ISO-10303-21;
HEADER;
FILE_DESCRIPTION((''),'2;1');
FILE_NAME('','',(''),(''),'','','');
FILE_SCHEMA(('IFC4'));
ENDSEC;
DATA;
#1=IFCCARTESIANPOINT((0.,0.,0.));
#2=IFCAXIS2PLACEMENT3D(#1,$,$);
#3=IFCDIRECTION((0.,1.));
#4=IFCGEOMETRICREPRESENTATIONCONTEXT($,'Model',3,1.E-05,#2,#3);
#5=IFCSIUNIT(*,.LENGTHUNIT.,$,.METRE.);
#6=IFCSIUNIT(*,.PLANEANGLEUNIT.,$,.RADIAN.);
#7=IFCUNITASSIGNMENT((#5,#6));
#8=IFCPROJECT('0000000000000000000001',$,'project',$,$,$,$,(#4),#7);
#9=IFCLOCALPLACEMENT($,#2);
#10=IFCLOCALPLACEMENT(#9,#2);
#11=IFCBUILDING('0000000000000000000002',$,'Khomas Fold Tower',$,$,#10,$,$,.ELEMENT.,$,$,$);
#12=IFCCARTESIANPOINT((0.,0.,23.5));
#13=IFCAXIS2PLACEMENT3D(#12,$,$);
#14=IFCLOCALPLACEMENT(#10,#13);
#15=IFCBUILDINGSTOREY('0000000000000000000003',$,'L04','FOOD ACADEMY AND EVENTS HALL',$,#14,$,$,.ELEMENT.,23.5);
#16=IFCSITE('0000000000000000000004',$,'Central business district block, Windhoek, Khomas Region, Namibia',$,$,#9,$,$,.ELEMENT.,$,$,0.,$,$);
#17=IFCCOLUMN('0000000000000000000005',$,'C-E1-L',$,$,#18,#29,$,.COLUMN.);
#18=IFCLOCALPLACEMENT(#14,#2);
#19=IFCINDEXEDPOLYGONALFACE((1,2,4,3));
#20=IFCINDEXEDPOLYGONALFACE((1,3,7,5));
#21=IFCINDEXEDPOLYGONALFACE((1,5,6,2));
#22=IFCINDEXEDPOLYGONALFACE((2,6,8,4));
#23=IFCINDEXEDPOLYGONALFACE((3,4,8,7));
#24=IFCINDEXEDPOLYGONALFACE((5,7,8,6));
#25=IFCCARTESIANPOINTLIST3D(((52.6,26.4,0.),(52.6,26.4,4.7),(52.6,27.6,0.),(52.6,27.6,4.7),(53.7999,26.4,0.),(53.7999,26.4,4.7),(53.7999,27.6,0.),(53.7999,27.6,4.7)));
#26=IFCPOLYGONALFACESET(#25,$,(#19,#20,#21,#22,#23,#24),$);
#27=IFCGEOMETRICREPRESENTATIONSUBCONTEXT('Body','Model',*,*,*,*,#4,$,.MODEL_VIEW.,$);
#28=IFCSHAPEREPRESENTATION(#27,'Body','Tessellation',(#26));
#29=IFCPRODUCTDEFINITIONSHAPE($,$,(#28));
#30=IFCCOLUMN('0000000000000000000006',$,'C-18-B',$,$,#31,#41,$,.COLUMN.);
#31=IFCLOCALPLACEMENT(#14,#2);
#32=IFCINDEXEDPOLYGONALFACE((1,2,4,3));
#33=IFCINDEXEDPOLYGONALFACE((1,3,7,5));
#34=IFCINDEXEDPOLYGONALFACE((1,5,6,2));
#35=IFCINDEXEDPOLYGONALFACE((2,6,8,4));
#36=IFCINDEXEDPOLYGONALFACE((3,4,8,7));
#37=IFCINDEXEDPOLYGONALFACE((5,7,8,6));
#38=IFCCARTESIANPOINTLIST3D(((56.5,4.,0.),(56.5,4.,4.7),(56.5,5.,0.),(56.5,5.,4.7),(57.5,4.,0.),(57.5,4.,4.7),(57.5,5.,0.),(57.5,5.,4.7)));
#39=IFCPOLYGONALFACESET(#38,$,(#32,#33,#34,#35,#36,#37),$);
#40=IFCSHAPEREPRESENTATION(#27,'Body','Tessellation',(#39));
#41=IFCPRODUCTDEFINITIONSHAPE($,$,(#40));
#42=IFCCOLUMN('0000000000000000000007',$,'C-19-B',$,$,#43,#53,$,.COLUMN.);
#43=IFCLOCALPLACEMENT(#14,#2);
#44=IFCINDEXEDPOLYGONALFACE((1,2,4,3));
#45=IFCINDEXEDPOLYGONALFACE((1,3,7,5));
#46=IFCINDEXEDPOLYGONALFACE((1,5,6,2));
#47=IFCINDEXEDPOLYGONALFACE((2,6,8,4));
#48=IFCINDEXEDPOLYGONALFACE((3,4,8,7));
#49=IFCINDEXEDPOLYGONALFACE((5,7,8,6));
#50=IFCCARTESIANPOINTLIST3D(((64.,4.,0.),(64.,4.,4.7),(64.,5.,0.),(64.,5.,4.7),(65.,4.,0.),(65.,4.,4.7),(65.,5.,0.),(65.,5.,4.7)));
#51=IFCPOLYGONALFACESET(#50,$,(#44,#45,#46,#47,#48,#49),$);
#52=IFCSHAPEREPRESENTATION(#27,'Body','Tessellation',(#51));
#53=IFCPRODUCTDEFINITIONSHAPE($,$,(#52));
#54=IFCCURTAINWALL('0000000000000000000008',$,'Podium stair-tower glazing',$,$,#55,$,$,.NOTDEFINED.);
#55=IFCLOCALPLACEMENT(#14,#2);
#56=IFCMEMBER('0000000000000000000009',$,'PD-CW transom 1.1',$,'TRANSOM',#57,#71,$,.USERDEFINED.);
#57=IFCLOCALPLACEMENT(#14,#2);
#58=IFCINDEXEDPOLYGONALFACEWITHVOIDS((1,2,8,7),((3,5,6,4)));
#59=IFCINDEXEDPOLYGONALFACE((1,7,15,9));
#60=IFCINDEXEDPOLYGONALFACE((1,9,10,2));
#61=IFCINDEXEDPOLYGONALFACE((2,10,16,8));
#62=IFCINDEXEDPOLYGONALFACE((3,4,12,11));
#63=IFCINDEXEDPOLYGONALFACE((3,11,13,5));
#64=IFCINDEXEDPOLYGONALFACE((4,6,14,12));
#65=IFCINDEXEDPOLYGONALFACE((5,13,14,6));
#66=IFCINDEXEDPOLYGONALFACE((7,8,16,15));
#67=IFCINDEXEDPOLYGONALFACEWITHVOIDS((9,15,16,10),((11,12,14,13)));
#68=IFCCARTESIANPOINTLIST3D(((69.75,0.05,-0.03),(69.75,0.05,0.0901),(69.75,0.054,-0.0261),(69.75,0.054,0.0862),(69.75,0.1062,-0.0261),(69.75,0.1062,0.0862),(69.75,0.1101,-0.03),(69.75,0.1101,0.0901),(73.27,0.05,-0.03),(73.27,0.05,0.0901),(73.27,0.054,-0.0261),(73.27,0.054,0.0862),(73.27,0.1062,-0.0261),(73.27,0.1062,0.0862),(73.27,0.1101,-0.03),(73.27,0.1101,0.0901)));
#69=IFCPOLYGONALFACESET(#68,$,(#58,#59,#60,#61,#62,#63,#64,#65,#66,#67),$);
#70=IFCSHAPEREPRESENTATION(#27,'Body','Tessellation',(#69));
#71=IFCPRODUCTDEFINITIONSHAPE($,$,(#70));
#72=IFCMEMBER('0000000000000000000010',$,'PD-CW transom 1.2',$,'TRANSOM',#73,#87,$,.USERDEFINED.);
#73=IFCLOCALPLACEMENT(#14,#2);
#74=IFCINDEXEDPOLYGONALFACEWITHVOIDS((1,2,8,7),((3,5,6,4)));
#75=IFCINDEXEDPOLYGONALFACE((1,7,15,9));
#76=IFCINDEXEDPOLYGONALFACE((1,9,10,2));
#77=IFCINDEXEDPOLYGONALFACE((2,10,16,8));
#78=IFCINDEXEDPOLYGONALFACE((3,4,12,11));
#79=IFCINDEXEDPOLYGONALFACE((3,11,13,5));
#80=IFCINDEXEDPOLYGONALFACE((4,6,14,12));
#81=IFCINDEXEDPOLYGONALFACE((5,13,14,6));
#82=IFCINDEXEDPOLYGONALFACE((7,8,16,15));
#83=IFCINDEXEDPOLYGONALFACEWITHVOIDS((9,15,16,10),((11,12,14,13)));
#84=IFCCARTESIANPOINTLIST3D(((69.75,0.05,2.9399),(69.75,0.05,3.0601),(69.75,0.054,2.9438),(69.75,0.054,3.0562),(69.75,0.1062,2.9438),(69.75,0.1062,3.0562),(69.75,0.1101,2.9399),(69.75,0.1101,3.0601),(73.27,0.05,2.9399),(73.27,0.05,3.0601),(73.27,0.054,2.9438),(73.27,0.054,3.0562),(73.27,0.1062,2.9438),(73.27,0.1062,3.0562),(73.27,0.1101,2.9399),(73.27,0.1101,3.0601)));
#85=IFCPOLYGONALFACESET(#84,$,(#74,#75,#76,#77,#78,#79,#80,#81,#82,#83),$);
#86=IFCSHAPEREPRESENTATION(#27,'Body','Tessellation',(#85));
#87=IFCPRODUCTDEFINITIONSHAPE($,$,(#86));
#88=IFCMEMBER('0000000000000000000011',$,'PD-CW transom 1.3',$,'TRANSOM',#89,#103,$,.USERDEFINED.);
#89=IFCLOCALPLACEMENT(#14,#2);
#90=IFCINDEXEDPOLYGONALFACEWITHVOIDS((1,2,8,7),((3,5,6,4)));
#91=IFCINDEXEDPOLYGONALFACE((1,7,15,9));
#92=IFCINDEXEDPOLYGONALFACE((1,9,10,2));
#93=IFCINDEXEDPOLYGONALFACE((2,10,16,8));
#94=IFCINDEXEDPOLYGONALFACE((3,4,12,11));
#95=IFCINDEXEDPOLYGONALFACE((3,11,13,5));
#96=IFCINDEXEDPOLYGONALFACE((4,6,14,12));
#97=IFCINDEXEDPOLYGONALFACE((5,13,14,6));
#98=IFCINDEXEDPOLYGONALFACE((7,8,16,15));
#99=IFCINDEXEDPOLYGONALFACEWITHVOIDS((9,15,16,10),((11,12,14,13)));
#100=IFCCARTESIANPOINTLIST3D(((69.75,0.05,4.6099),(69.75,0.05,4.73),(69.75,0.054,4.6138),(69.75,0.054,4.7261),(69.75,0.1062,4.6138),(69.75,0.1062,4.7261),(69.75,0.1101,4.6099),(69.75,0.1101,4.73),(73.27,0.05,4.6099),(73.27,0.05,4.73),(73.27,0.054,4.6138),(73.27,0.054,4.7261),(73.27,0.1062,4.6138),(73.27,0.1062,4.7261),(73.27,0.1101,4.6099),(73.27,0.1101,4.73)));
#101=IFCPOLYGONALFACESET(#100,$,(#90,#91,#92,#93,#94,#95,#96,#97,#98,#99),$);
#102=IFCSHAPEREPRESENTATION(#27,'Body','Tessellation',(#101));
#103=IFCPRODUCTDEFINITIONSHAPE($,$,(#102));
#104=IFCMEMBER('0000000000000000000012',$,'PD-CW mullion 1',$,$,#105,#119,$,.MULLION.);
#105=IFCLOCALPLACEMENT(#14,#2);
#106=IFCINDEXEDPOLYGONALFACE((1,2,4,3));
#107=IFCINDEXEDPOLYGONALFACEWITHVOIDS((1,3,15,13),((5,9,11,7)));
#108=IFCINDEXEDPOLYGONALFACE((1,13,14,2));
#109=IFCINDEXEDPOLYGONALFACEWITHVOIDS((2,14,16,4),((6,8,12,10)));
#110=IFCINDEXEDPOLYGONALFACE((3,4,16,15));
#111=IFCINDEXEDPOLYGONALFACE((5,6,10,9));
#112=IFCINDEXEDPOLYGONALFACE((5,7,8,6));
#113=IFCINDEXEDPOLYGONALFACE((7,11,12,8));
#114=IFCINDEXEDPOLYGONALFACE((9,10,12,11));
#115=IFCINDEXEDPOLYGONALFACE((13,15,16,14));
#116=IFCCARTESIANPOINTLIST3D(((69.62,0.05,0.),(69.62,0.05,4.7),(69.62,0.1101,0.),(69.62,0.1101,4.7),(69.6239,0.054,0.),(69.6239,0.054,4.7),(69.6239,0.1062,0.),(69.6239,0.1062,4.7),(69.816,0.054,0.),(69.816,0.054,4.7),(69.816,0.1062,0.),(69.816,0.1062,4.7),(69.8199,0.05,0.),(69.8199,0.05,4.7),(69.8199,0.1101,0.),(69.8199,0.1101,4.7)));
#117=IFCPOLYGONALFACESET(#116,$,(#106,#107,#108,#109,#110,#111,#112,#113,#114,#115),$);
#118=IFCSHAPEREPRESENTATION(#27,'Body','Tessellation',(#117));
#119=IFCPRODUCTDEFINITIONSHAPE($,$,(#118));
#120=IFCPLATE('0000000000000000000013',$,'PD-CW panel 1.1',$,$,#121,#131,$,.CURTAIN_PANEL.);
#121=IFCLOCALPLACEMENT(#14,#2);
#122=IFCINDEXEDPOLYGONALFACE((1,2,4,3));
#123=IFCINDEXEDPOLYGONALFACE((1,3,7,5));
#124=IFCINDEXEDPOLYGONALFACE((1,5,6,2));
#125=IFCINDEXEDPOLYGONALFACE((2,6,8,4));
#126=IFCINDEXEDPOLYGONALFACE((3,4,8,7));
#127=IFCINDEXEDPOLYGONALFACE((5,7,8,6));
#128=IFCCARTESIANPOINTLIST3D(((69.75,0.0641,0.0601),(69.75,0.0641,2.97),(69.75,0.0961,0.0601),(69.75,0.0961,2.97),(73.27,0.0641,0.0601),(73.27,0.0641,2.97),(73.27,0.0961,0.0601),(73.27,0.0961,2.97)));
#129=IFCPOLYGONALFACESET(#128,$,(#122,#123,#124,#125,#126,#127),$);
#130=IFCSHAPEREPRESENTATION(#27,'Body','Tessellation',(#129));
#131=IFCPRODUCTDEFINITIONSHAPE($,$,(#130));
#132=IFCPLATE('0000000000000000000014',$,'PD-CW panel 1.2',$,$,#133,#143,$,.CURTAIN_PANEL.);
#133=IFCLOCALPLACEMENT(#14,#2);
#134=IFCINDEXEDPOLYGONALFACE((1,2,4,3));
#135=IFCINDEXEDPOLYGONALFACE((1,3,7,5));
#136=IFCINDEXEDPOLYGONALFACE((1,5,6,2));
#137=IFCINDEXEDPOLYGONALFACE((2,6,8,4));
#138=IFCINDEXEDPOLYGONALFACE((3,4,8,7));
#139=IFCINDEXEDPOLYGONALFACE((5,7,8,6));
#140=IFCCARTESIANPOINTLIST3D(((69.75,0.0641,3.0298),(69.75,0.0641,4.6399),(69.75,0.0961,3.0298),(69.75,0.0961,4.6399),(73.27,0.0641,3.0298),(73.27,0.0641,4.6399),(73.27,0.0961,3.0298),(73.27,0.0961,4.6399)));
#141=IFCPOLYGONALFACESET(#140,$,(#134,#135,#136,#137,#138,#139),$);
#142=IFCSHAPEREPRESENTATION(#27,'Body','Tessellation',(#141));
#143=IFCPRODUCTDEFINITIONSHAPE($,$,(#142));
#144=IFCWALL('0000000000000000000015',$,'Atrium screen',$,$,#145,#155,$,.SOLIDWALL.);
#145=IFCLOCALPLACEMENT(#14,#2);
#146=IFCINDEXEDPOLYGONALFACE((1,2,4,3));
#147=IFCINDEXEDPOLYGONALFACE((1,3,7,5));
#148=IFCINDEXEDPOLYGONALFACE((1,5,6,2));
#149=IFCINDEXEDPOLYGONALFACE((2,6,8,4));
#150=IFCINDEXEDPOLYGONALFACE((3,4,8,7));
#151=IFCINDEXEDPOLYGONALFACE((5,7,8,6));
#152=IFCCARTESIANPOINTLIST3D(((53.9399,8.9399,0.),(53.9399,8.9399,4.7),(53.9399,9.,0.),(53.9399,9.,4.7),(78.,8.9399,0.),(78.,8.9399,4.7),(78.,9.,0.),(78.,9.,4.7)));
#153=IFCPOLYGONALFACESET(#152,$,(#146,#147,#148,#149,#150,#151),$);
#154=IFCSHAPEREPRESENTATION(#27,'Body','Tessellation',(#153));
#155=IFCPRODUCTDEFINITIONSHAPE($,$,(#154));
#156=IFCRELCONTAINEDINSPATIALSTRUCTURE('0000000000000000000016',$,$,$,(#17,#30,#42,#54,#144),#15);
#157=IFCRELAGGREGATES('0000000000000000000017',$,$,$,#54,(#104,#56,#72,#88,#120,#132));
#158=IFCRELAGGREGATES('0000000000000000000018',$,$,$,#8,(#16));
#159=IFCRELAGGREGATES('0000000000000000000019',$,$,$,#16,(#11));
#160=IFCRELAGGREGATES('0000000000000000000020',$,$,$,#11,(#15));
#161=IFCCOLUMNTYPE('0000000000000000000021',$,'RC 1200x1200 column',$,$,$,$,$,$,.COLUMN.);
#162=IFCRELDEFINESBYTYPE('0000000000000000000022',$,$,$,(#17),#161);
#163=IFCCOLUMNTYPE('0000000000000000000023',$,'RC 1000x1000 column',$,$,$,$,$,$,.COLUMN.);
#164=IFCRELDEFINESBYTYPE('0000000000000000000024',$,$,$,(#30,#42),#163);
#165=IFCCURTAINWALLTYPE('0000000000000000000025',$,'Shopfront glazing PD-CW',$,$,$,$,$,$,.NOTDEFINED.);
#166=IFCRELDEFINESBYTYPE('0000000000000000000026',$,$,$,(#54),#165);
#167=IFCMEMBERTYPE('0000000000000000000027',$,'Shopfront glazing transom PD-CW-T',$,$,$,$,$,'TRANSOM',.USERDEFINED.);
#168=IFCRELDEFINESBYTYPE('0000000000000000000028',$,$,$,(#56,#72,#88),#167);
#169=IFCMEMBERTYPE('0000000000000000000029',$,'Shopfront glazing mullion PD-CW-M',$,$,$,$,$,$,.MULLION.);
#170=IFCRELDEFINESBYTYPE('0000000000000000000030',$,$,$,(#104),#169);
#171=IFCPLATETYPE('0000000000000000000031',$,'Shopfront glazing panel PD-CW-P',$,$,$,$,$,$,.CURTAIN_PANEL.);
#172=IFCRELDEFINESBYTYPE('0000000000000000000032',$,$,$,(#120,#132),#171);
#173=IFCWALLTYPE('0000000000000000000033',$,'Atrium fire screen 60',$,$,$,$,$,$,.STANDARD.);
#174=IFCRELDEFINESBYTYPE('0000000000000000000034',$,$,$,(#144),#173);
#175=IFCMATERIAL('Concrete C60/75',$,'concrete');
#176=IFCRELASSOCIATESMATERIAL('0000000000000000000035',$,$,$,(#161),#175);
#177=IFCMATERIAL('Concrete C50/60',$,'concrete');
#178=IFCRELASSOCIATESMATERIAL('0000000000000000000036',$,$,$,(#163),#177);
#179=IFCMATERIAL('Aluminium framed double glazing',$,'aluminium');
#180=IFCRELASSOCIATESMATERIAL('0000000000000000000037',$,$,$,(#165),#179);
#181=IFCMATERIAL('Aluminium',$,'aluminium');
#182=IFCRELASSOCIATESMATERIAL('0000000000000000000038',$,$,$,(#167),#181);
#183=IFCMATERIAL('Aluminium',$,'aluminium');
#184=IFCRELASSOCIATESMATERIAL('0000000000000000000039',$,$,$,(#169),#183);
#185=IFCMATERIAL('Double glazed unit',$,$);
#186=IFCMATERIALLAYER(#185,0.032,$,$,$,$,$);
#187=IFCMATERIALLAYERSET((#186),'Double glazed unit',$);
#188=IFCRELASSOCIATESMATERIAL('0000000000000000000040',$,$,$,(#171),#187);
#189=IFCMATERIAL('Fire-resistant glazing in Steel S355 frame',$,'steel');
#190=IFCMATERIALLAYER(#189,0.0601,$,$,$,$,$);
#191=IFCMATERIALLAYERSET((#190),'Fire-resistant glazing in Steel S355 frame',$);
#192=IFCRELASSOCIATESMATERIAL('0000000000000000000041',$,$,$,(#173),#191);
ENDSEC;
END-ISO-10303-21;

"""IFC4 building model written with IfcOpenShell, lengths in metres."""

from ifc_helpers import new_model, si_unit, direction, frame, frame_2d, origin, origin_2d, place, context, subcontext, project, spatial, rectangle, hollow_rectangle, extrude, source, transform, mapped, material, layer, layer_set, material_profile, profile_set, type_object, element, aggregate, save


model = new_model("IFC4")

# Units and contexts
model_context = context("Model", 3, precision=1e-05, world=origin(), true_north=direction((0.0, 1.0)))
body_context = subcontext(model_context, "Body", "Model", "MODEL_VIEW")
ifc_project = project(units=[si_unit("LENGTHUNIT", "METRE"), si_unit("PLANEANGLEUNIT", "RADIAN")], contexts=[model_context])

# Site, building, storey
site_placement = place(None, origin())
site = spatial("IfcSite", under=ifc_project, at=site_placement, Name="Central business district block, Windhoek, Khomas Region, Namibia", CompositionType="ELEMENT", RefElevation=0.0)
building_placement = place(site_placement, origin())
building = spatial("IfcBuilding", under=site, at=building_placement, Name="Khomas Fold Tower", CompositionType="ELEMENT")
storey_placement = place(building_placement, frame((0.0, 0.0, 23.5)))
storey = spatial("IfcBuildingStorey", under=building, at=storey_placement, Name="L04", Description="FOOD ACADEMY AND EVENTS HALL", CompositionType="ELEMENT", Elevation=23.5)

# Columns
ifc_material_1 = material(Name="Concrete C60/75", Category="concrete")
ifc_material_profile_1 = material_profile(ifc_material_1, rectangle(XDim=1.2, YDim=1.2, at=origin_2d()), Name="RC 1200x1200")
ifc_profile_set_1 = profile_set([ifc_material_profile_1], Name="Concrete C60/75")
column_type_1 = type_object("IfcColumnType", Name="RC 1200x1200 column", PredefinedType="COLUMN", material=ifc_profile_set_1)
shared_shape_1 = source(origin(), body_context, "Body", "SweptSolid", [
    extrude(rectangle(XDim=1.2, YDim=1.2, at=origin_2d()), origin(), (0.0, 0.0, 1.0), 4.7),
])
column_placement = place(storey_placement, frame((53.2, 27.0, 0.0), z_axis=(0.0, 0.0, 1.0), x_axis=(1.0, 0.0, 0.0)))
element("IfcColumn", 1, at=column_placement, inside=storey, type_object=column_type_1, Name="C-E1-L", PredefinedType="COLUMN", context=body_context, shape_type="MappedRepresentation", body=[
    mapped(shared_shape_1, transform((0.0, 0.0, 0.0))),
])
ifc_material_2 = material(Name="Concrete C50/60", Category="concrete")
ifc_material_profile_2 = material_profile(ifc_material_2, rectangle(XDim=1.0, YDim=1.0, at=origin_2d()), Name="RC 1000x1000")
ifc_profile_set_2 = profile_set([ifc_material_profile_2], Name="Concrete C50/60")
column_type_2 = type_object("IfcColumnType", Name="RC 1000x1000 column", PredefinedType="COLUMN", material=ifc_profile_set_2)
shared_shape_2 = source(origin(), body_context, "Body", "SweptSolid", [
    extrude(rectangle(XDim=1.0, YDim=1.0, at=origin_2d()), origin(), (0.0, 0.0, 1.0), 4.7),
])
for number, where, z_axis, x_axis, name in (
    (2, (57.0, 4.5, 0.0), (0.0, 0.0, 1.0), (1.0, 0.0, 0.0), "C-18-B"),
    (3, (64.5, 4.5, 0.0), (0.0, 0.0, 1.0), (1.0, 0.0, 0.0), "C-19-B"),
):
    element("IfcColumn", number, at=place(storey_placement, frame(where, z_axis=z_axis, x_axis=x_axis)), inside=storey, type_object=column_type_2, Name=name, PredefinedType="COLUMN", context=body_context, shape_type="MappedRepresentation", body=[
        mapped(shared_shape_2, transform((0.0, 0.0, 0.0))),
    ])

# Curtain wall, members, plates
ifc_material_3 = material(Name="Aluminium framed double glazing", Category="aluminium")
curtain_wall_type = type_object("IfcCurtainWallType", Name="Shopfront glazing PD-CW", PredefinedType="NOTDEFINED", material=ifc_material_3)
curtain_wall_placement = place(storey_placement, origin())
curtain_wall = element("IfcCurtainWall", 4, at=curtain_wall_placement, inside=storey, type_object=curtain_wall_type, Name="Podium stair-tower glazing", PredefinedType="NOTDEFINED")
ifc_material_4 = material(Name="Aluminium", Category="aluminium")
ifc_material_profile_3 = material_profile(ifc_material_4, hollow_rectangle(XDim=0.0601, YDim=0.1201, WallThickness=0.0039, at=origin_2d()), Name="Shopfront glazing transom PD-CW-T")
ifc_profile_set_3 = profile_set([ifc_material_profile_3], Name="Aluminium")
member_type_1 = type_object("IfcMemberType", Name="Shopfront glazing transom PD-CW-T", ElementType="TRANSOM", PredefinedType="USERDEFINED", material=ifc_profile_set_3)
shared_shape_3 = source(origin(), body_context, "Body", "SweptSolid", [
    extrude(hollow_rectangle(XDim=0.0601, YDim=0.1201, WallThickness=0.0039, at=origin_2d()), origin(), (0.0, 0.0, 1.0), 3.52),
])
member_1_placement = place(storey_placement, frame((69.75, 0.0801, 0.03), z_axis=(1.0, 0.0, 0.0), x_axis=(0.0, 1.0, 0.0)))
member_1 = element("IfcMember", 5, at=member_1_placement, type_object=member_type_1, Name="PD-CW transom 1.1", ObjectType="TRANSOM", PredefinedType="USERDEFINED", context=body_context, shape_type="MappedRepresentation", body=[
    mapped(shared_shape_3, transform((0.0, 0.0, 0.0))),
])
member_2_placement = place(storey_placement, frame((69.75, 0.0801, 3.0), z_axis=(1.0, 0.0, 0.0), x_axis=(0.0, 1.0, 0.0)))
member_2 = element("IfcMember", 6, at=member_2_placement, type_object=member_type_1, Name="PD-CW transom 1.2", ObjectType="TRANSOM", PredefinedType="USERDEFINED", context=body_context, shape_type="MappedRepresentation", body=[
    mapped(shared_shape_3, transform((0.0, 0.0, 0.0))),
])
member_3_placement = place(storey_placement, frame((69.75, 0.0801, 4.6699), z_axis=(1.0, 0.0, 0.0), x_axis=(0.0, 1.0, 0.0)))
member_3 = element("IfcMember", 7, at=member_3_placement, type_object=member_type_1, Name="PD-CW transom 1.3", ObjectType="TRANSOM", PredefinedType="USERDEFINED", context=body_context, shape_type="MappedRepresentation", body=[
    mapped(shared_shape_3, transform((0.0, 0.0, 0.0))),
])
ifc_material_5 = material(Name="Aluminium", Category="aluminium")
ifc_material_profile_4 = material_profile(ifc_material_5, hollow_rectangle(XDim=0.0601, YDim=0.2, WallThickness=0.0039, at=origin_2d()), Name="Shopfront glazing mullion PD-CW-M")
ifc_profile_set_4 = profile_set([ifc_material_profile_4], Name="Aluminium")
member_type_2 = type_object("IfcMemberType", Name="Shopfront glazing mullion PD-CW-M", PredefinedType="MULLION", material=ifc_profile_set_4)
shared_shape_4 = source(origin(), body_context, "Body", "SweptSolid", [
    extrude(hollow_rectangle(XDim=0.0601, YDim=0.2, WallThickness=0.0039, at=origin_2d()), origin(), (0.0, 0.0, 1.0), 4.7),
])
member_4_placement = place(storey_placement, frame((69.72, 0.0801, 0.0), z_axis=(0.0, 0.0, 1.0), x_axis=(0.0, 1.0, 0.0)))
member_4 = element("IfcMember", 8, at=member_4_placement, type_object=member_type_2, Name="PD-CW mullion 1", PredefinedType="MULLION", context=body_context, shape_type="MappedRepresentation", body=[
    mapped(shared_shape_4, transform((0.0, 0.0, 0.0))),
])
ifc_material_6 = material(Name="Double glazed unit")
ifc_layer_1 = layer(ifc_material_6, 0.032)
ifc_layer_set_1 = layer_set([ifc_layer_1], Name="Double glazed unit")
plate_type = type_object("IfcPlateType", Name="Shopfront glazing panel PD-CW-P", PredefinedType="CURTAIN_PANEL", material=ifc_layer_set_1)
shared_shape_5 = source(origin(), body_context, "Body", "SweptSolid", [
    extrude(rectangle(XDim=3.52, YDim=0.032, at=origin_2d()), origin(), (0.0, 0.0, 1.0), 2.9099),
])
plate_1_placement = place(storey_placement, frame((71.51, 0.0801, 0.0601), z_axis=(0.0, 0.0, 1.0), x_axis=(1.0, 0.0, 0.0)))
plate_1 = element("IfcPlate", 9, at=plate_1_placement, type_object=plate_type, Name="PD-CW panel 1.1", PredefinedType="CURTAIN_PANEL", context=body_context, shape_type="MappedRepresentation", body=[
    mapped(shared_shape_5, transform((0.0, 0.0, 0.0))),
])
shared_shape_6 = source(origin(), body_context, "Body", "SweptSolid", [
    extrude(rectangle(XDim=3.52, YDim=0.032, at=origin_2d()), origin(), (0.0, 0.0, 1.0), 1.6101),
])
plate_2_placement = place(storey_placement, frame((71.51, 0.0801, 3.0298), z_axis=(0.0, 0.0, 1.0), x_axis=(1.0, 0.0, 0.0)))
plate_2 = element("IfcPlate", 10, at=plate_2_placement, type_object=plate_type, Name="PD-CW panel 1.2", PredefinedType="CURTAIN_PANEL", context=body_context, shape_type="MappedRepresentation", body=[
    mapped(shared_shape_6, transform((0.0, 0.0, 0.0))),
])
aggregate(curtain_wall, [member_4, member_1, member_2, member_3, plate_1, plate_2])

# Wall
ifc_material_7 = material(Name="Fire-resistant glazing in Steel S355 frame", Category="steel")
ifc_layer_2 = layer(ifc_material_7, 0.0601)
ifc_layer_set_2 = layer_set([ifc_layer_2], Name="Fire-resistant glazing in Steel S355 frame")
wall_type_1 = type_object("IfcWallType", Name="Atrium fire screen 60", PredefinedType="STANDARD", material=ifc_layer_set_2)
shared_shape_7 = source(origin(), body_context, "Body", "SweptSolid", [
    extrude(rectangle(XDim=24.0601, YDim=0.0601, at=frame_2d((12.03, 0.0))), origin(), (0.0, 0.0, 1.0), 4.7),
])
wall_1_placement = place(storey_placement, frame((53.9399, 8.97, 0.0), z_axis=(0.0, 0.0, 1.0), x_axis=(1.0, 0.0, 0.0)))
element("IfcWall", 11, at=wall_1_placement, inside=storey, type_object=wall_type_1, Name="Atrium screen", PredefinedType="SOLIDWALL", context=body_context, shape_type="MappedRepresentation", body=[
    mapped(shared_shape_7, transform((0.0, 0.0, 0.0))),
])

save(model, "model.ifc")
